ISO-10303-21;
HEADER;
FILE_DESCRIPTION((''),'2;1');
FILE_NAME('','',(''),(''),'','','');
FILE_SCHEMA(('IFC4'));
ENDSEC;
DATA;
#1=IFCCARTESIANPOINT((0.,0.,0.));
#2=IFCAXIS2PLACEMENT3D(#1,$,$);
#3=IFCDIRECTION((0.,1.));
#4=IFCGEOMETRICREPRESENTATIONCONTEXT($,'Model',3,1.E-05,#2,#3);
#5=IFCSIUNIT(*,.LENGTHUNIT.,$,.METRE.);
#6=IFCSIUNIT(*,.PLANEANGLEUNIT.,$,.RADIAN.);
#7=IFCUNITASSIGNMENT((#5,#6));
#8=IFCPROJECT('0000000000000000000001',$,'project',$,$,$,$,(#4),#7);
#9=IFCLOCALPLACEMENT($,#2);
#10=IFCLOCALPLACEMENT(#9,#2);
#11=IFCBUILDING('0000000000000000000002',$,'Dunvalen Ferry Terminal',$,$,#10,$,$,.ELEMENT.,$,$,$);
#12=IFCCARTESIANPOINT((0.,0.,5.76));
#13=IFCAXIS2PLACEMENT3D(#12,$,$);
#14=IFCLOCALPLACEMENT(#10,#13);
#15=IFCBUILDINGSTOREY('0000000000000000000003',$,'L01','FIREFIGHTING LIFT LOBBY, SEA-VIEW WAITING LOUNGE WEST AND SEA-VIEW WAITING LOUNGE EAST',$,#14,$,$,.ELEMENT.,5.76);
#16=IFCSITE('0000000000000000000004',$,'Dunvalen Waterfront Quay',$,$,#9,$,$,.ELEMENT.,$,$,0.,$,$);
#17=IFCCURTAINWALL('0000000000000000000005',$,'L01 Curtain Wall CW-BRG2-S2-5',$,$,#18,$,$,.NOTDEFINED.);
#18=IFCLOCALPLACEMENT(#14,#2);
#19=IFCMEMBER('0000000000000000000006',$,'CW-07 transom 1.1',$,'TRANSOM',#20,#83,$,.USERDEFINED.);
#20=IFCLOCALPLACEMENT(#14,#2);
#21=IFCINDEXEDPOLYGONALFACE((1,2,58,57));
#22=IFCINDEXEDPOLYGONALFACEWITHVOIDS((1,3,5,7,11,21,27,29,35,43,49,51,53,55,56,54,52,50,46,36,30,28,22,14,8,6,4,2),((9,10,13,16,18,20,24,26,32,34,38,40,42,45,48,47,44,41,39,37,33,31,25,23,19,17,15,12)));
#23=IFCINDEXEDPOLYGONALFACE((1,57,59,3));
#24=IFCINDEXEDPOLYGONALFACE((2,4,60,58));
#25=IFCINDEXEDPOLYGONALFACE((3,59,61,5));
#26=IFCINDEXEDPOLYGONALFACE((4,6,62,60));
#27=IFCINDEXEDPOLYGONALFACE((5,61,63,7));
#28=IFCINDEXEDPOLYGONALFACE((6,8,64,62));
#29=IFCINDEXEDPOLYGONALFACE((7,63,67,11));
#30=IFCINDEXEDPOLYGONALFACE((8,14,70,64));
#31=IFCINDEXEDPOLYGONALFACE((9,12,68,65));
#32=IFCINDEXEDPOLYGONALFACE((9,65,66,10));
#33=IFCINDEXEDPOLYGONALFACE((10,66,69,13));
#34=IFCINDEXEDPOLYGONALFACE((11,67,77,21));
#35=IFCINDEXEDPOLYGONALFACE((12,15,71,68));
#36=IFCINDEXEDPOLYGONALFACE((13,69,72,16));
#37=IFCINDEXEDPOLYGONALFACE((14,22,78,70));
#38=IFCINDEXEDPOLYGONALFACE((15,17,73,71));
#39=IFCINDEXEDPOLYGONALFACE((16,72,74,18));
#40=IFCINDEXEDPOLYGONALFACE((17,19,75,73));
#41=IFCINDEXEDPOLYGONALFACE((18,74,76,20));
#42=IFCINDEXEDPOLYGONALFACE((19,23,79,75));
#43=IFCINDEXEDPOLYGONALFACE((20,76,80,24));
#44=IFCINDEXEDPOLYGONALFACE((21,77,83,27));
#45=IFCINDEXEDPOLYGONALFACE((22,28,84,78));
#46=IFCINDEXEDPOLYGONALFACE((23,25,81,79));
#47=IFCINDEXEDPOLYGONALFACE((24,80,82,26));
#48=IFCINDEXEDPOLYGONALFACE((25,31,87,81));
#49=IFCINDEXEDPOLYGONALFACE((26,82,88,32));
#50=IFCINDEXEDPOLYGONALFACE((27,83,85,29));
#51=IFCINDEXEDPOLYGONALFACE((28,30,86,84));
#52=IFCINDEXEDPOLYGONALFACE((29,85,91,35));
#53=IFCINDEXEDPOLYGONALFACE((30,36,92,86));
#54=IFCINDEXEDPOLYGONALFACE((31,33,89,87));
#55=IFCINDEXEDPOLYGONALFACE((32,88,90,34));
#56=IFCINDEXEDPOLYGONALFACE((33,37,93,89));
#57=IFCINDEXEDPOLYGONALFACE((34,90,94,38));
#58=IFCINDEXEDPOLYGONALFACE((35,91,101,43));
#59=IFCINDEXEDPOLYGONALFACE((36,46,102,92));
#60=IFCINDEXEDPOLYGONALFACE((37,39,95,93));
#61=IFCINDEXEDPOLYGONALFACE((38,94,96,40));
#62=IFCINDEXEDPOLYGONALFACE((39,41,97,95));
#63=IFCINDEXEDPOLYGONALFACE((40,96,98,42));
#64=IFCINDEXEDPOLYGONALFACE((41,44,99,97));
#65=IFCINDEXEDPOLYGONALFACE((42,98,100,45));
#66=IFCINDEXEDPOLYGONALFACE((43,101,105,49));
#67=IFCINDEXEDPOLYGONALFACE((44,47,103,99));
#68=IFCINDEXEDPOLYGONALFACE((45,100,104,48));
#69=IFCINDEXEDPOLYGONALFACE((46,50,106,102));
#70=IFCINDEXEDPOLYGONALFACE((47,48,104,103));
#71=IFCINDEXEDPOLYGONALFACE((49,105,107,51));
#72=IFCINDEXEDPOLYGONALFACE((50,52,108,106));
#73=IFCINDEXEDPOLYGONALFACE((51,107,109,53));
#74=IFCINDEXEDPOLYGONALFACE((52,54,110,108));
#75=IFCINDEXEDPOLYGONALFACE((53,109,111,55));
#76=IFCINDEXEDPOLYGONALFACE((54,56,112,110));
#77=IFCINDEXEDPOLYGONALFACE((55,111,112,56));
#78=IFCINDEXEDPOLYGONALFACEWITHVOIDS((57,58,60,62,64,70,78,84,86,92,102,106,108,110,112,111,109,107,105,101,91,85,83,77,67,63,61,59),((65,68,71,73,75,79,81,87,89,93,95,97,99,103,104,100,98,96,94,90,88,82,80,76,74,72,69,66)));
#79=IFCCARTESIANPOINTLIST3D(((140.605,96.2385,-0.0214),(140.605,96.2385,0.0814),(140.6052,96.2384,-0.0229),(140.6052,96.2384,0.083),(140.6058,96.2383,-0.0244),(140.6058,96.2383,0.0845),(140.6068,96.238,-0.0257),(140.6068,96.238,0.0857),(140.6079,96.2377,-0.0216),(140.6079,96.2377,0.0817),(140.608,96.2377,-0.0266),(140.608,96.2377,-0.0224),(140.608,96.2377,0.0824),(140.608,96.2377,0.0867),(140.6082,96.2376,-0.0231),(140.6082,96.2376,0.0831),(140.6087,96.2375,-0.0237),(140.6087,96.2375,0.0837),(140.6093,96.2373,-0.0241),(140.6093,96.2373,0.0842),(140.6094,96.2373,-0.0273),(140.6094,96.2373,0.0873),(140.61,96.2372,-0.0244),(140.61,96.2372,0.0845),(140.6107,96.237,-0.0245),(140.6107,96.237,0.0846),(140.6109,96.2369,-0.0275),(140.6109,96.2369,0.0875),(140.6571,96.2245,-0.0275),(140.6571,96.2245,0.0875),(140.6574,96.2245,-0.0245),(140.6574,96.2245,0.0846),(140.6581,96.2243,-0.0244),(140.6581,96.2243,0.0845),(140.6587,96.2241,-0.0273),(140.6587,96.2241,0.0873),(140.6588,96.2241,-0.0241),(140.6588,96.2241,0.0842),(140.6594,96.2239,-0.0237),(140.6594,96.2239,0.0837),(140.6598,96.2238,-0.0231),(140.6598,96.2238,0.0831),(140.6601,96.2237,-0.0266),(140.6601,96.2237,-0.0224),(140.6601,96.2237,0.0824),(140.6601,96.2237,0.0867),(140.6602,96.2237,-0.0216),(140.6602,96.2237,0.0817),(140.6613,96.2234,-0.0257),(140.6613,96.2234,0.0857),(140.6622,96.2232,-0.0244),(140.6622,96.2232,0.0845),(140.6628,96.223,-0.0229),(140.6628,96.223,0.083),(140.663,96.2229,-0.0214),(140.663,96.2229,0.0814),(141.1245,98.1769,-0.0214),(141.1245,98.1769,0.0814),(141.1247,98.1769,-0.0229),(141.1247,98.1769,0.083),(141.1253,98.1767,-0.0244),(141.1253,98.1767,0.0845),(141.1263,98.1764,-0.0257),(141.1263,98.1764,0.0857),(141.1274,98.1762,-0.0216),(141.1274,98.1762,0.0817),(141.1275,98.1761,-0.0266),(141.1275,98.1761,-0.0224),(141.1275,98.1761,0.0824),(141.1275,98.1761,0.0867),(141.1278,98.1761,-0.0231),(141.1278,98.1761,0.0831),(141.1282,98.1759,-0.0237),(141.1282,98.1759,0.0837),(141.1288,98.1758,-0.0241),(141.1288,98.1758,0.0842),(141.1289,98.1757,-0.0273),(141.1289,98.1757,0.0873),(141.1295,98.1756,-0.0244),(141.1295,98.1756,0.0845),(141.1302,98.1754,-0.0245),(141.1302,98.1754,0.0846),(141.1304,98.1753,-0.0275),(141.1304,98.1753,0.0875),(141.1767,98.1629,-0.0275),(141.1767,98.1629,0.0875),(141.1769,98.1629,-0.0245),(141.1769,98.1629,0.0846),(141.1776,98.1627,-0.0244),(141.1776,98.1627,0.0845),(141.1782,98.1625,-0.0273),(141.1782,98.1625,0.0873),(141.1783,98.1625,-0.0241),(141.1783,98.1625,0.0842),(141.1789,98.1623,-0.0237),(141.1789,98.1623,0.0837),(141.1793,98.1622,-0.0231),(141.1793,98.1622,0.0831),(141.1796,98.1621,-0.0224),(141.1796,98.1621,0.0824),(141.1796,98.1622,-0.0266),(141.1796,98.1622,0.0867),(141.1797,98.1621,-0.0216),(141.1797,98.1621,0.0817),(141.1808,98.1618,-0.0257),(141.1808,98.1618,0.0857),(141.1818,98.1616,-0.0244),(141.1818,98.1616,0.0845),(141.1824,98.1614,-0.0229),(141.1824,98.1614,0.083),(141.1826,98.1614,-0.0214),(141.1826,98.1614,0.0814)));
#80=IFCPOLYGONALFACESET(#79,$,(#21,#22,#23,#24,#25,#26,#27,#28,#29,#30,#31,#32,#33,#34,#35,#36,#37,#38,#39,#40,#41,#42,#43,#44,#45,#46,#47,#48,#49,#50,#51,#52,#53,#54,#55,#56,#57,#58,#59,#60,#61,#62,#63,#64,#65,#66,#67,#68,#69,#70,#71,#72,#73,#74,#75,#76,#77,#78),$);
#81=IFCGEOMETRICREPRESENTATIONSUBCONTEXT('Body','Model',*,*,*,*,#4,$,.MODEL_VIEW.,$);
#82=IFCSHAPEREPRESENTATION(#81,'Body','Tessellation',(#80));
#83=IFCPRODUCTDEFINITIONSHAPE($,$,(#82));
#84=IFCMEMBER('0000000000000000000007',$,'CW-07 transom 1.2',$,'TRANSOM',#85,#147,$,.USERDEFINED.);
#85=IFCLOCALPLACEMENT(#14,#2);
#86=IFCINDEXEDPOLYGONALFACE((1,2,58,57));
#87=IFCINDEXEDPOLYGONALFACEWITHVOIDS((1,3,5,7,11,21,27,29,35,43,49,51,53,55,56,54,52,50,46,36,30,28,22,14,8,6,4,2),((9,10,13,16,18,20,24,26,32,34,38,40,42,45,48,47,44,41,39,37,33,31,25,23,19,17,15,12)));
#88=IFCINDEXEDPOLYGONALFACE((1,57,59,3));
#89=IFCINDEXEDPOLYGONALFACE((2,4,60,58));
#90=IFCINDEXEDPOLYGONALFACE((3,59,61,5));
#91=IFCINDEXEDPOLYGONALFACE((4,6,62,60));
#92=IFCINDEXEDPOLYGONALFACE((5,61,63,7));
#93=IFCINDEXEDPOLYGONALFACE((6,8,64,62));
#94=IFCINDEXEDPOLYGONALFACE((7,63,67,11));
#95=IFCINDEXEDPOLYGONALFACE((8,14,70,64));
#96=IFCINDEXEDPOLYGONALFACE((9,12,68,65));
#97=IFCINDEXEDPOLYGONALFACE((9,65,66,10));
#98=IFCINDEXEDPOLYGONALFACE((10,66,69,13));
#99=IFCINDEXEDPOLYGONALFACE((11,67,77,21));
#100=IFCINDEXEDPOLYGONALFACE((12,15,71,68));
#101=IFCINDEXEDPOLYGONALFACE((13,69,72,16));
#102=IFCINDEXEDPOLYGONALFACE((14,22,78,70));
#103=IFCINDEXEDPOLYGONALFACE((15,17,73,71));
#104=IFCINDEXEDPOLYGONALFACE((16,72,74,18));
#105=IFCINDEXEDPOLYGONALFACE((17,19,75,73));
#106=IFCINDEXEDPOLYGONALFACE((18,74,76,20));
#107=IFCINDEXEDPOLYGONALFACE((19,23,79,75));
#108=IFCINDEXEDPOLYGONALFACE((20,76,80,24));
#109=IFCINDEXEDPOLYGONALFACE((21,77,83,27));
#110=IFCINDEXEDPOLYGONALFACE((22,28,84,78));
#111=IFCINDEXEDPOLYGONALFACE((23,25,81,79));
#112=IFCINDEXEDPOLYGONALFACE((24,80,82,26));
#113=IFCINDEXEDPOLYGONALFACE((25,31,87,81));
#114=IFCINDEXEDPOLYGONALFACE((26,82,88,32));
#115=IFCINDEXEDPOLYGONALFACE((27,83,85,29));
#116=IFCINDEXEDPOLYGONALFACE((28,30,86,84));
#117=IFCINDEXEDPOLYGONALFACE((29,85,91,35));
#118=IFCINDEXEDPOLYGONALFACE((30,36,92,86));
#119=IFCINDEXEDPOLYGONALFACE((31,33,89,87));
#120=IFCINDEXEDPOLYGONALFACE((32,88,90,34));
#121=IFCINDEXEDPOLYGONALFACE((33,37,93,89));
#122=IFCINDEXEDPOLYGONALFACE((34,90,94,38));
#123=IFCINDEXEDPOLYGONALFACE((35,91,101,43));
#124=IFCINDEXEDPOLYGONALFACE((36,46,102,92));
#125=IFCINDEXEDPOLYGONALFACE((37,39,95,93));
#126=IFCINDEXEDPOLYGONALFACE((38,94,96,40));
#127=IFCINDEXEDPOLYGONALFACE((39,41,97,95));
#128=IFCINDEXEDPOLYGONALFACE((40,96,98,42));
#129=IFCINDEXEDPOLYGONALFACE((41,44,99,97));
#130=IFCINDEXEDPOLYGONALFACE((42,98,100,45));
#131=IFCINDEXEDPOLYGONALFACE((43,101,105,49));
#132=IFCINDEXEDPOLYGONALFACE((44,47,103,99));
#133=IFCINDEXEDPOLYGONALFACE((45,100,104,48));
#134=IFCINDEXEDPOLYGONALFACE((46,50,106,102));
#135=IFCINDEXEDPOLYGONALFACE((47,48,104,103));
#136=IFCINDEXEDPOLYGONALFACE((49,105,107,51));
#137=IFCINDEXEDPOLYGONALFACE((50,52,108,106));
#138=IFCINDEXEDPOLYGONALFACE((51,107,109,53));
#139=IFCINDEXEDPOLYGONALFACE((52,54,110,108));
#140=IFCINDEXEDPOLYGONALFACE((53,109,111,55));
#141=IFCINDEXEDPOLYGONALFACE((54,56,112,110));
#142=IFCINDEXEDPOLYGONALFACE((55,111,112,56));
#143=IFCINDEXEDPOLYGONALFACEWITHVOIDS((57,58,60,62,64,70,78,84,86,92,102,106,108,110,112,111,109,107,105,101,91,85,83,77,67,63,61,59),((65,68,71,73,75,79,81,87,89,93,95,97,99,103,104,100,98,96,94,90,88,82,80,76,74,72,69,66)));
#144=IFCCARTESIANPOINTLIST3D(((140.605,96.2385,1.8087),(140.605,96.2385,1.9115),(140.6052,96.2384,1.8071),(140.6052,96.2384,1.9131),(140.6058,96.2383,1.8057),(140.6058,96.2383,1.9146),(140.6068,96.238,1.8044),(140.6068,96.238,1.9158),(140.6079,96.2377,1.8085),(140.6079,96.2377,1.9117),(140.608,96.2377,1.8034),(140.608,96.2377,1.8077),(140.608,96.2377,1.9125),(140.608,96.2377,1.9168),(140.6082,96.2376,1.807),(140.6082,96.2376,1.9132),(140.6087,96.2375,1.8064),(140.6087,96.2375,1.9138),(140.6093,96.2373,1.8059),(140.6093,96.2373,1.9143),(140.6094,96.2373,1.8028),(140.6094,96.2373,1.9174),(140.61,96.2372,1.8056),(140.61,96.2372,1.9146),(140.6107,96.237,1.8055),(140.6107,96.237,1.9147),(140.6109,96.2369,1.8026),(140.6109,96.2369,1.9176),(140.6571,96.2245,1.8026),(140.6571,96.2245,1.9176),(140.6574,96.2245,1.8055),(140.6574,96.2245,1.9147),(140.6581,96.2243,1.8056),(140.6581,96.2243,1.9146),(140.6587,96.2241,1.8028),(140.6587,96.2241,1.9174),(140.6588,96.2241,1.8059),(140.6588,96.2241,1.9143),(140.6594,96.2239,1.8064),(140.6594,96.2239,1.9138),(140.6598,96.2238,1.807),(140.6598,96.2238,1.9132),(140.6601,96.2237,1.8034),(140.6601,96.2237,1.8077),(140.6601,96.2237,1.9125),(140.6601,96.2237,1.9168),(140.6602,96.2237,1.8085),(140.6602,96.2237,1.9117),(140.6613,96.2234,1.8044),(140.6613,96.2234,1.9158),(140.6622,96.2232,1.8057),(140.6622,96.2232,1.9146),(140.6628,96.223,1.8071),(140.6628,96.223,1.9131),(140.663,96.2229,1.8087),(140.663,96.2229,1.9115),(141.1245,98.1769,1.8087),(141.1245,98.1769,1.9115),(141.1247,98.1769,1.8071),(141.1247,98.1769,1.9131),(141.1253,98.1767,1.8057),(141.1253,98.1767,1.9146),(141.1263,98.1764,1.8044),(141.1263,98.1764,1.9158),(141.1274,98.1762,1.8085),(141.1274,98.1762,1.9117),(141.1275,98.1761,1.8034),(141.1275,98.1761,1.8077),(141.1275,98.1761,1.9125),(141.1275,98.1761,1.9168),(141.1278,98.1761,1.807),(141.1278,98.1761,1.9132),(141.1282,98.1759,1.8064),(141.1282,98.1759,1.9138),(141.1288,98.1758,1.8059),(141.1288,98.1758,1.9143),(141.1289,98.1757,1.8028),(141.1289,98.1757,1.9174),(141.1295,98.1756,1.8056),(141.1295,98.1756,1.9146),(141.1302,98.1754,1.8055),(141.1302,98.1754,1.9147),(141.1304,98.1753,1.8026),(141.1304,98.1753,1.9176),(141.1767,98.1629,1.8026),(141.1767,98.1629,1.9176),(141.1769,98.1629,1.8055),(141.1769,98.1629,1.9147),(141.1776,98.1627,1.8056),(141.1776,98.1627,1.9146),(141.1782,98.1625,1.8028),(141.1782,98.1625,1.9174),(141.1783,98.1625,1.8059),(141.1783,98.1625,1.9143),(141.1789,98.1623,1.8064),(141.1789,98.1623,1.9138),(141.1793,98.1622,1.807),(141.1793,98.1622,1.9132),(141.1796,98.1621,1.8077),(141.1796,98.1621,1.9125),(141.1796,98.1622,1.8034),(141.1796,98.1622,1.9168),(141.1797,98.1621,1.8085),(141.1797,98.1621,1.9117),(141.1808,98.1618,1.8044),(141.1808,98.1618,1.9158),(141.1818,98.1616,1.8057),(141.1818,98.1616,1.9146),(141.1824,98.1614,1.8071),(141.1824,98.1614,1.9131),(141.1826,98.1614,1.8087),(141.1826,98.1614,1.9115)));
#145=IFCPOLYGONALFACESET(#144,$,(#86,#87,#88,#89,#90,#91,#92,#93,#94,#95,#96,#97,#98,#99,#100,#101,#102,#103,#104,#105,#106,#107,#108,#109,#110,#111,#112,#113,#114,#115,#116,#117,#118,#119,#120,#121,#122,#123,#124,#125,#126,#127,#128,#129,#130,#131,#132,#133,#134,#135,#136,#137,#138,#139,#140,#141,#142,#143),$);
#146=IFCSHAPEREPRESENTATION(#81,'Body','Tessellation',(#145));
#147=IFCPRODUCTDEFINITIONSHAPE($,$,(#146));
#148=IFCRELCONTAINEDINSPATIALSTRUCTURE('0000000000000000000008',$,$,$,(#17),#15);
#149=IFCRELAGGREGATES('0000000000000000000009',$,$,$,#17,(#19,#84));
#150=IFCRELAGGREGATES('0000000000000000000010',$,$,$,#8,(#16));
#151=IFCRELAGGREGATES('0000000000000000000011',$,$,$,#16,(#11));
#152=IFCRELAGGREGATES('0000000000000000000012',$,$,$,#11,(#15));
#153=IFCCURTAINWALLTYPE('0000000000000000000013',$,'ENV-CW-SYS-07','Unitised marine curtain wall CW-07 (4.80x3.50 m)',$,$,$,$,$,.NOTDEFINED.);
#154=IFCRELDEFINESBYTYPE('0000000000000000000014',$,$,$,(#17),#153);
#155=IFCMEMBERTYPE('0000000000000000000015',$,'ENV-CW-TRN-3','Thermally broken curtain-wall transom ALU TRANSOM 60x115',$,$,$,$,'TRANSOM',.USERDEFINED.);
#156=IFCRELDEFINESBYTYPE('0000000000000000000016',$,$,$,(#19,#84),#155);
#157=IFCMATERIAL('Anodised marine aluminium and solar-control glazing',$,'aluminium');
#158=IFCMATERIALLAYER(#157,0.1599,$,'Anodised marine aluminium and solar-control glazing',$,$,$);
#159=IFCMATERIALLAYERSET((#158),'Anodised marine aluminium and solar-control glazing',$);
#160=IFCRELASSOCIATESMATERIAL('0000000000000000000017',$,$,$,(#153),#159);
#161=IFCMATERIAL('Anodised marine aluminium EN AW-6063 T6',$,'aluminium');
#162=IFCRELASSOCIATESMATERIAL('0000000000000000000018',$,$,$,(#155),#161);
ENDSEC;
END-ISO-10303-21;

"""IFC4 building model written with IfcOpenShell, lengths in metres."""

from ifc_helpers import new_model, si_unit, direction, frame, origin, origin_2d, place, context, subcontext, project, spatial, hollow_rectangle, extrude, material, layer, layer_set, material_profile, profile_set, type_object, element, aggregate, save


model = new_model("IFC4")

# Units and contexts
model_context = context("Model", 3, precision=1e-05, world=origin(), true_north=direction((0.0, 1.0)))
body_context = subcontext(model_context, "Body", "Model", "MODEL_VIEW")
ifc_project = project(units=[si_unit("LENGTHUNIT", "METRE"), si_unit("PLANEANGLEUNIT", "RADIAN")], contexts=[model_context])

# Site, building, storey
site_placement = place(None, origin())
site = spatial("IfcSite", under=ifc_project, at=site_placement, Name="Dunvalen Waterfront Quay", CompositionType="ELEMENT", RefElevation=0.0)
building_placement = place(site_placement, origin())
building = spatial("IfcBuilding", under=site, at=building_placement, Name="Dunvalen Ferry Terminal", CompositionType="ELEMENT")
storey_placement = place(building_placement, frame((0.0, 0.0, 5.76)))
storey = spatial("IfcBuildingStorey", under=building, at=storey_placement, Name="L01", Description="FIREFIGHTING LIFT LOBBY, SEA-VIEW WAITING LOUNGE WEST AND SEA-VIEW WAITING LOUNGE EAST", CompositionType="ELEMENT", Elevation=5.76)

# Curtain wall
ifc_material_1 = material(Name="Anodised marine aluminium and solar-control glazing", Category="aluminium")
ifc_layer_1 = layer(ifc_material_1, 0.1599, Name="Anodised marine aluminium and solar-control glazing")
ifc_layer_set_1 = layer_set([ifc_layer_1], Name="Anodised marine aluminium and solar-control glazing")
curtain_wall_type_1 = type_object("IfcCurtainWallType", Name="ENV-CW-SYS-07", Description="Unitised marine curtain wall CW-07 (4.80x3.50 m)", PredefinedType="NOTDEFINED", material=ifc_layer_set_1)
curtain_wall_1_placement = place(storey_placement, origin())
curtain_wall_1 = element("IfcCurtainWall", 1, at=curtain_wall_1_placement, inside=storey, type_object=curtain_wall_type_1, Name="L01 Curtain Wall CW-BRG2-S2-5", PredefinedType="NOTDEFINED")
ifc_material_2 = material(Name="Anodised marine aluminium EN AW-6063 T6", Category="aluminium")

# Members
ifc_material_profile_1 = material_profile(ifc_material_2, hollow_rectangle(XDim=0.0601, YDim=0.115, WallThickness=0.0029, InnerFilletRadius=0.0029, OuterFilletRadius=0.0061, at=origin_2d()), Name="Anodised marine aluminium EN AW-6063 T6")
ifc_profile_set_1 = profile_set([ifc_material_profile_1], Name="Anodised marine aluminium EN AW-6063 T6")
member_type_1 = type_object("IfcMemberType", Name="ENV-CW-TRN-3", Description="Thermally broken curtain-wall transom ALU TRANSOM 60x115", ElementType="TRANSOM", PredefinedType="USERDEFINED", material=ifc_profile_set_1)
member_1_placement = place(storey_placement, frame((140.634, 96.2307, 0.03), z_axis=(0.258874, 0.965911, 0.0), x_axis=(-0.965911, 0.258874, 0.0)))
member_1 = element("IfcMember", 2, at=member_1_placement, type_object=member_type_1, Name="CW-07 transom 1.1", ObjectType="TRANSOM", PredefinedType="USERDEFINED", context=body_context, shape_type="SweptSolid", body=[
    extrude(hollow_rectangle(XDim=0.0601, YDim=0.115, WallThickness=0.0029, InnerFilletRadius=0.0029, OuterFilletRadius=0.0061, at=origin_2d()), origin(), (0.0, 0.0, 1.0), 2.0068),
])
member_2_placement = place(storey_placement, frame((140.634, 96.2307, 1.8601), z_axis=(0.258874, 0.965911, 0.0), x_axis=(-0.965911, 0.258874, 0.0)))
member_2 = element("IfcMember", 3, at=member_2_placement, type_object=member_type_1, Name="CW-07 transom 1.2", ObjectType="TRANSOM", PredefinedType="USERDEFINED", context=body_context, shape_type="SweptSolid", body=[
    extrude(hollow_rectangle(XDim=0.0601, YDim=0.115, WallThickness=0.0029, InnerFilletRadius=0.0029, OuterFilletRadius=0.0061, at=origin_2d()), origin(), (0.0, 0.0, 1.0), 2.0068),
])

aggregate(curtain_wall_1, [member_1, member_2])

save(model, "model.ifc")
